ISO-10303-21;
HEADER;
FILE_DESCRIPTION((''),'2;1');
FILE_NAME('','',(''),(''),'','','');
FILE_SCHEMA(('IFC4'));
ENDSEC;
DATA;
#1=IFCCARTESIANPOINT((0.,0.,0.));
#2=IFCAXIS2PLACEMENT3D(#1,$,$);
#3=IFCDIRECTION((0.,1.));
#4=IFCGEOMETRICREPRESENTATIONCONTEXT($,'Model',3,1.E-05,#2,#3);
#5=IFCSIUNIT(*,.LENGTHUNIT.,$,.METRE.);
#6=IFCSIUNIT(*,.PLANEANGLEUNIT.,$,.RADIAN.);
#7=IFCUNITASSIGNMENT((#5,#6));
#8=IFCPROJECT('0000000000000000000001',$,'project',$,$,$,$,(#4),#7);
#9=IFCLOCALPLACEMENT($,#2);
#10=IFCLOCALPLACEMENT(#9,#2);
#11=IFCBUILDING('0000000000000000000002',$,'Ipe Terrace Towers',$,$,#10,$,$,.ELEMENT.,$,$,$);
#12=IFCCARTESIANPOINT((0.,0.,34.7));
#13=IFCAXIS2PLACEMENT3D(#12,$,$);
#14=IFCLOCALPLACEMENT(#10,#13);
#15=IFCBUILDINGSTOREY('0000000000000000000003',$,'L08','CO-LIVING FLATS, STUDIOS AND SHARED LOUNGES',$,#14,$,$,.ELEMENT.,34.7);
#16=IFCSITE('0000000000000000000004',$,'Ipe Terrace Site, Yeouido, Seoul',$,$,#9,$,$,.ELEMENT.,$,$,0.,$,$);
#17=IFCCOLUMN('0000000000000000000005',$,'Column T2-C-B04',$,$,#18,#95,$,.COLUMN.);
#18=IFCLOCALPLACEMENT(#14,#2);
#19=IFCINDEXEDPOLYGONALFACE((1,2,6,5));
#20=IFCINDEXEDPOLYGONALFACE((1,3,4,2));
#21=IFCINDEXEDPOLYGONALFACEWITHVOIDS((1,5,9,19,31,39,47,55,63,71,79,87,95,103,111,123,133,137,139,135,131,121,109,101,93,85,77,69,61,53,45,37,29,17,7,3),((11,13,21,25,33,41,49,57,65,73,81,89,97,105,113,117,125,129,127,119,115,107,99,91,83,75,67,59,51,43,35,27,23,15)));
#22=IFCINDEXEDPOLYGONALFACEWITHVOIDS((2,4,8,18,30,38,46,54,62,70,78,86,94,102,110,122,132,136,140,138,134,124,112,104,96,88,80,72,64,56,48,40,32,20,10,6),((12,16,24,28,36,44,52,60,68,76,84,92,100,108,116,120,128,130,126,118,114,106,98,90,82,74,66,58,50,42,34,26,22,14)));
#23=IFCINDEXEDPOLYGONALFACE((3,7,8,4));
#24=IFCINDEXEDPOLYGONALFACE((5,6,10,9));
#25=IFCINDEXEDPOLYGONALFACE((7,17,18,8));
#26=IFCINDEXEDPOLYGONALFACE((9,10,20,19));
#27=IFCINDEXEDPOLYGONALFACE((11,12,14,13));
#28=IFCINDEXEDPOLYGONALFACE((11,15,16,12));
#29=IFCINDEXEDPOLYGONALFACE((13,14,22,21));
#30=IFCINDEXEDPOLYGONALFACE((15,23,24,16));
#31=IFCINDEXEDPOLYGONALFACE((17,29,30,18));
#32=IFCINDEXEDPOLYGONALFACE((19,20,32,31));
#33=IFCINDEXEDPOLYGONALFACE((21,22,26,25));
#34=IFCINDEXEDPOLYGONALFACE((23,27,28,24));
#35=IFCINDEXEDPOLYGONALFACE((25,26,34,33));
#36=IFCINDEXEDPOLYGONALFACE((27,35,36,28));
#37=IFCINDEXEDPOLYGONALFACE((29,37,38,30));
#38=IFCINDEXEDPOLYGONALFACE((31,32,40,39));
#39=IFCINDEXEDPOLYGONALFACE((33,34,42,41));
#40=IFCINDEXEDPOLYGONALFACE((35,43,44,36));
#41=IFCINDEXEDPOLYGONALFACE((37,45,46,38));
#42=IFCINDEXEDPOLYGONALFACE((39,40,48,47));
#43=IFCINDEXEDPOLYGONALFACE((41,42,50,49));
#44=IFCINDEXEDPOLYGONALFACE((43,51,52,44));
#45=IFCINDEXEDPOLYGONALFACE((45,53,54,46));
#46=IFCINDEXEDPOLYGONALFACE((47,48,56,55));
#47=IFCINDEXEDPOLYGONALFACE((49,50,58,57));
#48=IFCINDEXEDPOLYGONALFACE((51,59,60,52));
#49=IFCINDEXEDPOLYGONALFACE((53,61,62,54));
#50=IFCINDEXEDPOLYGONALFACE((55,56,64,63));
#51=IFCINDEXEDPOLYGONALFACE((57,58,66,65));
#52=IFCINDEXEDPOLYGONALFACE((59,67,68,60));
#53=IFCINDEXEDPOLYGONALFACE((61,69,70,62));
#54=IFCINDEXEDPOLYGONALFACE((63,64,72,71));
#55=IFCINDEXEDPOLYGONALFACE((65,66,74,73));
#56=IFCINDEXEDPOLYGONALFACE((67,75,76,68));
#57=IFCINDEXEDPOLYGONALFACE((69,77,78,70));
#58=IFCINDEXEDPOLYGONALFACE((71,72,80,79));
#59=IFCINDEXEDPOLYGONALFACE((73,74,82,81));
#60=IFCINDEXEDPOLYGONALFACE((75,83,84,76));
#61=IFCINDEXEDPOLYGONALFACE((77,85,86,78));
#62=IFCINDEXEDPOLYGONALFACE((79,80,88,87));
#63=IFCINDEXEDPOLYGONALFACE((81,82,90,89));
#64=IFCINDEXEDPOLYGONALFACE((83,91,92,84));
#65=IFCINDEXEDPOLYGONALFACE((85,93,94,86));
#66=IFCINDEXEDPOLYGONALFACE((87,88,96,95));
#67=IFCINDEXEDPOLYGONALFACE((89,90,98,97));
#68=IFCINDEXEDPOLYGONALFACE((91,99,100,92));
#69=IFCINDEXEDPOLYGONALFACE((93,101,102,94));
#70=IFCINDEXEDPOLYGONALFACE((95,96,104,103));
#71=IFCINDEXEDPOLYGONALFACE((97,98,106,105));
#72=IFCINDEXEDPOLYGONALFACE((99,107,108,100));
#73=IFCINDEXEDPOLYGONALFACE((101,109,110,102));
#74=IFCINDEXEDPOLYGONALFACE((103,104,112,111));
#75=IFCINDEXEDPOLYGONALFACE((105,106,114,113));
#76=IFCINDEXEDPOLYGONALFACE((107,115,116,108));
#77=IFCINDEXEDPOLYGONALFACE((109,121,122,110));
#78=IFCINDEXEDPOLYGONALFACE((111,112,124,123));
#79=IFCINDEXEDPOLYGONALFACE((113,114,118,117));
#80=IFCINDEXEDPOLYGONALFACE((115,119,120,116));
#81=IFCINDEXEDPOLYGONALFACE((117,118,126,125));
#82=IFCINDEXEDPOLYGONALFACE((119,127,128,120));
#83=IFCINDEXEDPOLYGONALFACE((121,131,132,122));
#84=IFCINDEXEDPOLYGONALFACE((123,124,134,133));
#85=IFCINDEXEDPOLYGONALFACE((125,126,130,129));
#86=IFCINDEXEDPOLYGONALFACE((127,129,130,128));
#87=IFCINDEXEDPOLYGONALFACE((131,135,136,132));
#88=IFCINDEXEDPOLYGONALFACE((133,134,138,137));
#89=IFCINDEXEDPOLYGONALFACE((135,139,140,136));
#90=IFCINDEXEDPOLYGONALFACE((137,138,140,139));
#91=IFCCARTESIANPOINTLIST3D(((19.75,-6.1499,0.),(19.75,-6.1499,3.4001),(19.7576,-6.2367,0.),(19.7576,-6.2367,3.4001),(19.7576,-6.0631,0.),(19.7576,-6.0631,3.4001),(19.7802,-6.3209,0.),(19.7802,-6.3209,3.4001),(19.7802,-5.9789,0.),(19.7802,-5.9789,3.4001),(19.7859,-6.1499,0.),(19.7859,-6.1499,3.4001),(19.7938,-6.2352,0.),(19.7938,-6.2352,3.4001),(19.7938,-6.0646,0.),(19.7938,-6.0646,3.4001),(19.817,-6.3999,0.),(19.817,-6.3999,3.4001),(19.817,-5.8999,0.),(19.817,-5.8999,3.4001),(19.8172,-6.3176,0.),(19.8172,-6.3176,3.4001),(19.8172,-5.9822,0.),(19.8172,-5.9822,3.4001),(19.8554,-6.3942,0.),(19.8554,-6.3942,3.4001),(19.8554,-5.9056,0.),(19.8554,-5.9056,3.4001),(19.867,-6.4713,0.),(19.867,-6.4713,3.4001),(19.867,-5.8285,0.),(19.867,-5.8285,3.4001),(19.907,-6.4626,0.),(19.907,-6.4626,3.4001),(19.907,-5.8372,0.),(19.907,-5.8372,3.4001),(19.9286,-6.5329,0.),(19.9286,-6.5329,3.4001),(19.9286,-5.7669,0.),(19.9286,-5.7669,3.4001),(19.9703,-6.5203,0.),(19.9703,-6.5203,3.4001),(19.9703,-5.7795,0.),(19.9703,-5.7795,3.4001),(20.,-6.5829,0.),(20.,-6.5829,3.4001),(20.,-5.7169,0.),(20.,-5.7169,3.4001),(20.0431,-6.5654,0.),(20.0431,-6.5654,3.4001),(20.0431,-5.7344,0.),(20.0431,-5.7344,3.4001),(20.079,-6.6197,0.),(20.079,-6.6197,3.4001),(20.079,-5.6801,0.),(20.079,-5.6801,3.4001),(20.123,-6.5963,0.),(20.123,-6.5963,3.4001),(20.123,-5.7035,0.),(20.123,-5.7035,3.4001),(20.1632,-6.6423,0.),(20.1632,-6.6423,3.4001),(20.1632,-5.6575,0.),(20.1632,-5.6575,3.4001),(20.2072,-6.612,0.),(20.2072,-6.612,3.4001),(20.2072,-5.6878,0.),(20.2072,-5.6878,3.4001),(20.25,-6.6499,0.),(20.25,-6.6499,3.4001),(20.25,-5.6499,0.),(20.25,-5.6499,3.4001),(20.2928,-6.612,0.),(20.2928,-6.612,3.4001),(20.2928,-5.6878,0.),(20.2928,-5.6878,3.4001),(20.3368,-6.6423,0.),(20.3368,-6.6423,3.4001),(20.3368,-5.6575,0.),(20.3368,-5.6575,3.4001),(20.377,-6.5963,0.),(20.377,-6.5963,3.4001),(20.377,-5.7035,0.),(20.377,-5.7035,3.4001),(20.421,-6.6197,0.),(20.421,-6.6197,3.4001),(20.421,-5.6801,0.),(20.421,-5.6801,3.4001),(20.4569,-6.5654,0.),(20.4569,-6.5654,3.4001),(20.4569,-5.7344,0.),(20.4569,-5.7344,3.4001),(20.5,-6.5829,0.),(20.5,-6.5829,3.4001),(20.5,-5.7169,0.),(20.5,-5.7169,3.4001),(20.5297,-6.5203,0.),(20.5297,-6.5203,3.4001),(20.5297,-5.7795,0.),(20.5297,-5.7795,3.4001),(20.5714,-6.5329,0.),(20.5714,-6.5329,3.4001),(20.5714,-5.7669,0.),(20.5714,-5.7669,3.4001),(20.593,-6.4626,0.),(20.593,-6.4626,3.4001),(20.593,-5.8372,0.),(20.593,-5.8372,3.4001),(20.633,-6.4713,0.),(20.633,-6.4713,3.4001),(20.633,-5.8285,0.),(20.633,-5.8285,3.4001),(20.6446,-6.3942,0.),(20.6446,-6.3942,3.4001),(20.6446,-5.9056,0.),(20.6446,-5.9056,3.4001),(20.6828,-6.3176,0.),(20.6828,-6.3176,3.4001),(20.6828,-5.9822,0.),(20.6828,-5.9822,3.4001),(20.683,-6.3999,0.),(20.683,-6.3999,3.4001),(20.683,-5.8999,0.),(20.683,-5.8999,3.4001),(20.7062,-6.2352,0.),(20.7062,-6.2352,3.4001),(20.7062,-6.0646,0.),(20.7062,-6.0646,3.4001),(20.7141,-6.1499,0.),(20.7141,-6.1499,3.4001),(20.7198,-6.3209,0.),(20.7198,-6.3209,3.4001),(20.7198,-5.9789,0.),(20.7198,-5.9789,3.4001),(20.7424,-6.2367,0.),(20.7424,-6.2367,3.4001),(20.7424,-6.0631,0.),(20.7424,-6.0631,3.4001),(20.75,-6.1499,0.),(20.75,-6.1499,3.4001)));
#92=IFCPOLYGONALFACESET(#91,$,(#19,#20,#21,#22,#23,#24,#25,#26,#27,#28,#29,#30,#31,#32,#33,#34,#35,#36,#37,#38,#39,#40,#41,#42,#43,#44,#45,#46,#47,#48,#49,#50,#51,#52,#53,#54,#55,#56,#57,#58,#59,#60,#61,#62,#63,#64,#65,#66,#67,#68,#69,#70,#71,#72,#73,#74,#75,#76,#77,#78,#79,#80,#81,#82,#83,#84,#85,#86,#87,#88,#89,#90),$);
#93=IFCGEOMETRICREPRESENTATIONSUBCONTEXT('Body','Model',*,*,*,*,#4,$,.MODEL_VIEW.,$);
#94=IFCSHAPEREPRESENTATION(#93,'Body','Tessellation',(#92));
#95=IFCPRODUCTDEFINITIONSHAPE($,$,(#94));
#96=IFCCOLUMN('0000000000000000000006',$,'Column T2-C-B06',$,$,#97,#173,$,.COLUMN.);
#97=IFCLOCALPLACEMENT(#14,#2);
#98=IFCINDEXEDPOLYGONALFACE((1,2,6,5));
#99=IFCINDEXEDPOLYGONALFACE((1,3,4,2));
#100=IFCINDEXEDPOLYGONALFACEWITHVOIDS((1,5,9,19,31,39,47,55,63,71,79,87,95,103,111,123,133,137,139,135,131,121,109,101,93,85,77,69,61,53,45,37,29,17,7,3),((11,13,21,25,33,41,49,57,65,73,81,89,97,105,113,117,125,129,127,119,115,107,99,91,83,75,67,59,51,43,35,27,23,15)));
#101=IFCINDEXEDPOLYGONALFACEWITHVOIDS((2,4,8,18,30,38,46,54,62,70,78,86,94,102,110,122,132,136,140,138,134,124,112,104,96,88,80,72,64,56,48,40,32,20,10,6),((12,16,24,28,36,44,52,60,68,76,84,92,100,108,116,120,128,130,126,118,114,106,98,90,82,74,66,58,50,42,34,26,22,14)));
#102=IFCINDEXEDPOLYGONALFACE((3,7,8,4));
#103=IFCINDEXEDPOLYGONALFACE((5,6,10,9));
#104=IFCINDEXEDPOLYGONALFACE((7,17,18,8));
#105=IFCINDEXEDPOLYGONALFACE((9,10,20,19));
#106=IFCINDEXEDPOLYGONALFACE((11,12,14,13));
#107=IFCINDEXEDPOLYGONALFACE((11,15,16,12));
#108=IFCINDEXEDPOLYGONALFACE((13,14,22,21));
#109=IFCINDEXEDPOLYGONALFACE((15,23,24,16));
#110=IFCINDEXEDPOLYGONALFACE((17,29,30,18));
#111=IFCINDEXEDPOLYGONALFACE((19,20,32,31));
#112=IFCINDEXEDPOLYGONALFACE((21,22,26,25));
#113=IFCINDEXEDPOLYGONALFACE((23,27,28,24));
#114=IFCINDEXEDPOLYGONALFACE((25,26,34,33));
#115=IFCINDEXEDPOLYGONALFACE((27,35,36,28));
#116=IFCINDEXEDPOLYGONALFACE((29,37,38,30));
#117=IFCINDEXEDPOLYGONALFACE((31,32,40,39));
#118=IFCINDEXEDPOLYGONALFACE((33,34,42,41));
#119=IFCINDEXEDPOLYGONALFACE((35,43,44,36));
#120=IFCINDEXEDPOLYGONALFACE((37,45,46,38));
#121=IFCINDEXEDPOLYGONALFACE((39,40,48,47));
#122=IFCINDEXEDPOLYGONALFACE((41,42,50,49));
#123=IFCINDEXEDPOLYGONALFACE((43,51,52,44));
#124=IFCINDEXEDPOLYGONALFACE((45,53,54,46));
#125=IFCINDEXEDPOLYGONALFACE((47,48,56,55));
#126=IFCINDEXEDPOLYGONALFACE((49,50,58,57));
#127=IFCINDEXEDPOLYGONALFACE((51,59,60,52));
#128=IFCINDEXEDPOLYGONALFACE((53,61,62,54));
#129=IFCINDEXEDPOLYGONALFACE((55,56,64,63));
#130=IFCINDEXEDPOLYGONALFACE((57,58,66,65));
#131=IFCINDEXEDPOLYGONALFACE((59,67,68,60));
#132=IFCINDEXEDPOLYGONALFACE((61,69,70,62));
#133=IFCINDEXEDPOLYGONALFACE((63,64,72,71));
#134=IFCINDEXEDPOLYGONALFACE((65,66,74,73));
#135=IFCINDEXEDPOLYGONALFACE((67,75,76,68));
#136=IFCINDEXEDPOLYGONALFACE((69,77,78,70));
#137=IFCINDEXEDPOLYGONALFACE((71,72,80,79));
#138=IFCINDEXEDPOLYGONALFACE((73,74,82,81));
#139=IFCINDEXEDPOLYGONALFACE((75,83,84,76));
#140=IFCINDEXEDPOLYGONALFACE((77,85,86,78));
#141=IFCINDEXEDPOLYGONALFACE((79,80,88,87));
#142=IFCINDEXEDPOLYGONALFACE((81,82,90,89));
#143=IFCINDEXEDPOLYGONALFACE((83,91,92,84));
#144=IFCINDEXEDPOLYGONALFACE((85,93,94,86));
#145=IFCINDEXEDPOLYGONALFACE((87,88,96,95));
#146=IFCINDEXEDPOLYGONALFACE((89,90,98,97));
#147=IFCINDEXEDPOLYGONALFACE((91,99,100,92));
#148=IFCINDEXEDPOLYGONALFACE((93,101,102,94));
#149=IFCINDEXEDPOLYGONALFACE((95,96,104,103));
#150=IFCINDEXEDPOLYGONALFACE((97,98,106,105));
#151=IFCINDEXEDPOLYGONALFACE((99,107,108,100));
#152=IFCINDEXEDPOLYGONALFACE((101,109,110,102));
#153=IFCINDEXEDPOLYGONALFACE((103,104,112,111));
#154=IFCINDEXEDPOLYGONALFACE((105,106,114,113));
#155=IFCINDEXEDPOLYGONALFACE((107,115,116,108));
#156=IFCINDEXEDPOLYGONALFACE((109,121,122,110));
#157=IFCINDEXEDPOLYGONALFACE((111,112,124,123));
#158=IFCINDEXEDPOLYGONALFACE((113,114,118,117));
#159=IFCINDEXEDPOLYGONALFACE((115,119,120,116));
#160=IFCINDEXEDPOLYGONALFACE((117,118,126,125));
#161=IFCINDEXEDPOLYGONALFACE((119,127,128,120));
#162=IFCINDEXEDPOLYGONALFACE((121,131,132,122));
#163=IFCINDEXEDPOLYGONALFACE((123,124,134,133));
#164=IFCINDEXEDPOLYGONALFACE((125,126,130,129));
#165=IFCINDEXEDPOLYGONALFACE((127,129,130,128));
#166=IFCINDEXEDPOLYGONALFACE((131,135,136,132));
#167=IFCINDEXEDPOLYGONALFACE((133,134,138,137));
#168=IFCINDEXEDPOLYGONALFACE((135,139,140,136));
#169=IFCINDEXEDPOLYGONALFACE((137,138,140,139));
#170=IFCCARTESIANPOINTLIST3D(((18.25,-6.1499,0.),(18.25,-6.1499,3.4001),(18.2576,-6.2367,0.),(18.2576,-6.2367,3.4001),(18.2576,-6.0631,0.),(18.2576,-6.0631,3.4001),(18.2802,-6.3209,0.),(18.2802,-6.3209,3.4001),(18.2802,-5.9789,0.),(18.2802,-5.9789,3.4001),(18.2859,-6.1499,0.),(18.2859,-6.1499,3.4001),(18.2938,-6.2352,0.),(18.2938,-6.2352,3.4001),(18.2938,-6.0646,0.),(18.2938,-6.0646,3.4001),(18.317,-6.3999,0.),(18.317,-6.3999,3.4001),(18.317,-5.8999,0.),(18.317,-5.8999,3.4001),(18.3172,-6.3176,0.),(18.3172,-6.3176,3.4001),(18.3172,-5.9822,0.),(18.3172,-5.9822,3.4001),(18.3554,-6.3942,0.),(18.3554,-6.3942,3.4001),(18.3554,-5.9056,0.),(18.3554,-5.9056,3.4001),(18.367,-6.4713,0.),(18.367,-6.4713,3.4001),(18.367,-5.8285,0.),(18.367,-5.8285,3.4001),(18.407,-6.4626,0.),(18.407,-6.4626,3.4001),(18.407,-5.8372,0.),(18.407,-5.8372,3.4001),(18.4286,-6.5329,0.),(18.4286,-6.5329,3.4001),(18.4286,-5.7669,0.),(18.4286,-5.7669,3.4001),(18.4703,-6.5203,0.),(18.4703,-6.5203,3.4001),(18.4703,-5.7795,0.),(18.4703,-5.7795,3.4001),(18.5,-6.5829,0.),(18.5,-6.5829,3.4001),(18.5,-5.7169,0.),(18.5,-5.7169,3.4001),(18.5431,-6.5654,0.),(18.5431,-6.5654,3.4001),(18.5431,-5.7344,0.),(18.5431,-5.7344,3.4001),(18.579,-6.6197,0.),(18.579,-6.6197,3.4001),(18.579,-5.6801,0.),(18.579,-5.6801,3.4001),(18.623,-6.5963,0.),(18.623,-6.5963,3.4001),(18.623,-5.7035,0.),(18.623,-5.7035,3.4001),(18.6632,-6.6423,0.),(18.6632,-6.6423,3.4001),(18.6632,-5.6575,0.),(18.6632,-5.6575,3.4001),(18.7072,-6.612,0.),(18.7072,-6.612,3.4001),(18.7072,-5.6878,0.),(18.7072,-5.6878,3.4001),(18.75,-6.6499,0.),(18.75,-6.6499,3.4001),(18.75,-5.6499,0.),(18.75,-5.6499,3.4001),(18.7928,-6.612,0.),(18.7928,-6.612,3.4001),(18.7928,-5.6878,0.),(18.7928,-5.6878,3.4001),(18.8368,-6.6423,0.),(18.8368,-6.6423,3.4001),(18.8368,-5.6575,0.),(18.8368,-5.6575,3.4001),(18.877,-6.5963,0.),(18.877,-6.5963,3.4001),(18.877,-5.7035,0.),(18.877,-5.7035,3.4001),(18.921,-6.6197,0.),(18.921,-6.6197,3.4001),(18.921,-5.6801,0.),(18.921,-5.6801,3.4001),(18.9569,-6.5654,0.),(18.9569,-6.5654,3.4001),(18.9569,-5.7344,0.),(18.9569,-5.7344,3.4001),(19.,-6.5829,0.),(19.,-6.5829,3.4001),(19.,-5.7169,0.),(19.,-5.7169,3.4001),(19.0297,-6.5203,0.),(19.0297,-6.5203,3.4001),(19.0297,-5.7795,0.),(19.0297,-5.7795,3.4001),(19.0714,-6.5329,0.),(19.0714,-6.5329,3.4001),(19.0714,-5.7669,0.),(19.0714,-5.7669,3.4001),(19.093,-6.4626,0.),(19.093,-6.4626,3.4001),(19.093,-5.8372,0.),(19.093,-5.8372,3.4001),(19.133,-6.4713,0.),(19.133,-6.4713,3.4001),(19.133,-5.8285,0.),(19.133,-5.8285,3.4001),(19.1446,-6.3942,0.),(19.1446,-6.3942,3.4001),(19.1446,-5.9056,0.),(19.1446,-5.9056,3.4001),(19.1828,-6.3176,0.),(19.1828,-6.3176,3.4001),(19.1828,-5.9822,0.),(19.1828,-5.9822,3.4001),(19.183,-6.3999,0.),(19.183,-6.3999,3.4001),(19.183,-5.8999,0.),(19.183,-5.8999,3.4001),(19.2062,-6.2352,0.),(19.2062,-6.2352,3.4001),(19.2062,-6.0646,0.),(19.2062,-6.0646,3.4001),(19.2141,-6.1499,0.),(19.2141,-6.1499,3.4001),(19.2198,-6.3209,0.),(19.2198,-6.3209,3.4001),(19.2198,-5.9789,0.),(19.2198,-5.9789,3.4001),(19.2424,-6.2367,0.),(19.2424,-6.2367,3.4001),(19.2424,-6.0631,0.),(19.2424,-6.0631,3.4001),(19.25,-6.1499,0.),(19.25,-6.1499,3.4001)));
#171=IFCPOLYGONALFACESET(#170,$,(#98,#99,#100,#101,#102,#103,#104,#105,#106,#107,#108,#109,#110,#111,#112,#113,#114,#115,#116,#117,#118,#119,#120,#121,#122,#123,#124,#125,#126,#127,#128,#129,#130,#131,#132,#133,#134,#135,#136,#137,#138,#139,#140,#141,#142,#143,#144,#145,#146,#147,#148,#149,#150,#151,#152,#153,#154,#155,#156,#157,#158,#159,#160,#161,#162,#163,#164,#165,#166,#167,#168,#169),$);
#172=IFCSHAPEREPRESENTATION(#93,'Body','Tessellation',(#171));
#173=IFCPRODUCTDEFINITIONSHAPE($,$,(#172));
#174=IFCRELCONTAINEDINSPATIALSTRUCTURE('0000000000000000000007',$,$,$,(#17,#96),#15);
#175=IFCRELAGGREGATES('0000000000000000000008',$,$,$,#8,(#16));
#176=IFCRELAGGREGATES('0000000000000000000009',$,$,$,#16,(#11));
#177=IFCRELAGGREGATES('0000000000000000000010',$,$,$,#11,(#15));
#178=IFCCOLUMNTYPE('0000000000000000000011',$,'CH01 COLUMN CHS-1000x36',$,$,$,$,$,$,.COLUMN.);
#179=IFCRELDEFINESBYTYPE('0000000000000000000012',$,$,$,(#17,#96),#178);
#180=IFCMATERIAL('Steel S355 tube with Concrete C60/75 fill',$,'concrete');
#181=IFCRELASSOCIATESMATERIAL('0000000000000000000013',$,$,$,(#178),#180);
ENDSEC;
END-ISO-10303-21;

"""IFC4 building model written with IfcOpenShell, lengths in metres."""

from ifc_helpers import new_model, si_unit, direction, frame, origin, origin_2d, place, context, subcontext, project, spatial, hollow_circle, extrude, material, material_profile, profile_set, type_object, element, save


model = new_model("IFC4")

# Units and contexts
model_context = context("Model", 3, precision=1e-05, world=origin(), true_north=direction((0.0, 1.0)))
body_context = subcontext(model_context, "Body", "Model", "MODEL_VIEW")
ifc_project = project(units=[si_unit("LENGTHUNIT", "METRE"), si_unit("PLANEANGLEUNIT", "RADIAN")], contexts=[model_context])

# Site, building, storey
site_placement = place(None, origin())
site = spatial("IfcSite", under=ifc_project, at=site_placement, Name="Ipe Terrace Site, Yeouido, Seoul", CompositionType="ELEMENT", RefElevation=0.0)
building_placement = place(site_placement, origin())
building = spatial("IfcBuilding", under=site, at=building_placement, Name="Ipe Terrace Towers", CompositionType="ELEMENT")
storey_placement = place(building_placement, frame((0.0, 0.0, 34.7)))
storey = spatial("IfcBuildingStorey", under=building, at=storey_placement, Name="L08", Description="CO-LIVING FLATS, STUDIOS AND SHARED LOUNGES", CompositionType="ELEMENT", Elevation=34.7)

# Columns
ifc_material_1 = material(Name="Steel S355 tube with Concrete C60/75 fill", Category="concrete")
ifc_material_profile_1 = material_profile(ifc_material_1, hollow_circle(Radius=0.5, WallThickness=0.0359, at=origin_2d()), Name="CHS-1000x36")
ifc_profile_set_1 = profile_set([ifc_material_profile_1], Name="Steel S355 tube with Concrete C60/75 fill")
column_type = type_object("IfcColumnType", Name="CH01 COLUMN CHS-1000x36", PredefinedType="COLUMN", material=ifc_profile_set_1)
for number, where, z_axis, x_axis, name in (
    (1, (20.25, -6.1499, 0.0), (0.0, 0.0, 1.0), (1.0, 0.0, 0.0), "Column T2-C-B04"),
    (2, (18.75, -6.1499, 0.0), (0.0, 0.0, 1.0), (1.0, 0.0, 0.0), "Column T2-C-B06"),
):
    element("IfcColumn", number, at=place(storey_placement, frame(where, z_axis=z_axis, x_axis=x_axis)), inside=storey, type_object=column_type, Name=name, PredefinedType="COLUMN", context=body_context, shape_type="SweptSolid", body=[
        extrude(hollow_circle(Radius=0.5, WallThickness=0.0359, at=origin_2d()), origin(), (0.0, 0.0, 1.0), 3.4001),
    ])

save(model, "model.ifc")
